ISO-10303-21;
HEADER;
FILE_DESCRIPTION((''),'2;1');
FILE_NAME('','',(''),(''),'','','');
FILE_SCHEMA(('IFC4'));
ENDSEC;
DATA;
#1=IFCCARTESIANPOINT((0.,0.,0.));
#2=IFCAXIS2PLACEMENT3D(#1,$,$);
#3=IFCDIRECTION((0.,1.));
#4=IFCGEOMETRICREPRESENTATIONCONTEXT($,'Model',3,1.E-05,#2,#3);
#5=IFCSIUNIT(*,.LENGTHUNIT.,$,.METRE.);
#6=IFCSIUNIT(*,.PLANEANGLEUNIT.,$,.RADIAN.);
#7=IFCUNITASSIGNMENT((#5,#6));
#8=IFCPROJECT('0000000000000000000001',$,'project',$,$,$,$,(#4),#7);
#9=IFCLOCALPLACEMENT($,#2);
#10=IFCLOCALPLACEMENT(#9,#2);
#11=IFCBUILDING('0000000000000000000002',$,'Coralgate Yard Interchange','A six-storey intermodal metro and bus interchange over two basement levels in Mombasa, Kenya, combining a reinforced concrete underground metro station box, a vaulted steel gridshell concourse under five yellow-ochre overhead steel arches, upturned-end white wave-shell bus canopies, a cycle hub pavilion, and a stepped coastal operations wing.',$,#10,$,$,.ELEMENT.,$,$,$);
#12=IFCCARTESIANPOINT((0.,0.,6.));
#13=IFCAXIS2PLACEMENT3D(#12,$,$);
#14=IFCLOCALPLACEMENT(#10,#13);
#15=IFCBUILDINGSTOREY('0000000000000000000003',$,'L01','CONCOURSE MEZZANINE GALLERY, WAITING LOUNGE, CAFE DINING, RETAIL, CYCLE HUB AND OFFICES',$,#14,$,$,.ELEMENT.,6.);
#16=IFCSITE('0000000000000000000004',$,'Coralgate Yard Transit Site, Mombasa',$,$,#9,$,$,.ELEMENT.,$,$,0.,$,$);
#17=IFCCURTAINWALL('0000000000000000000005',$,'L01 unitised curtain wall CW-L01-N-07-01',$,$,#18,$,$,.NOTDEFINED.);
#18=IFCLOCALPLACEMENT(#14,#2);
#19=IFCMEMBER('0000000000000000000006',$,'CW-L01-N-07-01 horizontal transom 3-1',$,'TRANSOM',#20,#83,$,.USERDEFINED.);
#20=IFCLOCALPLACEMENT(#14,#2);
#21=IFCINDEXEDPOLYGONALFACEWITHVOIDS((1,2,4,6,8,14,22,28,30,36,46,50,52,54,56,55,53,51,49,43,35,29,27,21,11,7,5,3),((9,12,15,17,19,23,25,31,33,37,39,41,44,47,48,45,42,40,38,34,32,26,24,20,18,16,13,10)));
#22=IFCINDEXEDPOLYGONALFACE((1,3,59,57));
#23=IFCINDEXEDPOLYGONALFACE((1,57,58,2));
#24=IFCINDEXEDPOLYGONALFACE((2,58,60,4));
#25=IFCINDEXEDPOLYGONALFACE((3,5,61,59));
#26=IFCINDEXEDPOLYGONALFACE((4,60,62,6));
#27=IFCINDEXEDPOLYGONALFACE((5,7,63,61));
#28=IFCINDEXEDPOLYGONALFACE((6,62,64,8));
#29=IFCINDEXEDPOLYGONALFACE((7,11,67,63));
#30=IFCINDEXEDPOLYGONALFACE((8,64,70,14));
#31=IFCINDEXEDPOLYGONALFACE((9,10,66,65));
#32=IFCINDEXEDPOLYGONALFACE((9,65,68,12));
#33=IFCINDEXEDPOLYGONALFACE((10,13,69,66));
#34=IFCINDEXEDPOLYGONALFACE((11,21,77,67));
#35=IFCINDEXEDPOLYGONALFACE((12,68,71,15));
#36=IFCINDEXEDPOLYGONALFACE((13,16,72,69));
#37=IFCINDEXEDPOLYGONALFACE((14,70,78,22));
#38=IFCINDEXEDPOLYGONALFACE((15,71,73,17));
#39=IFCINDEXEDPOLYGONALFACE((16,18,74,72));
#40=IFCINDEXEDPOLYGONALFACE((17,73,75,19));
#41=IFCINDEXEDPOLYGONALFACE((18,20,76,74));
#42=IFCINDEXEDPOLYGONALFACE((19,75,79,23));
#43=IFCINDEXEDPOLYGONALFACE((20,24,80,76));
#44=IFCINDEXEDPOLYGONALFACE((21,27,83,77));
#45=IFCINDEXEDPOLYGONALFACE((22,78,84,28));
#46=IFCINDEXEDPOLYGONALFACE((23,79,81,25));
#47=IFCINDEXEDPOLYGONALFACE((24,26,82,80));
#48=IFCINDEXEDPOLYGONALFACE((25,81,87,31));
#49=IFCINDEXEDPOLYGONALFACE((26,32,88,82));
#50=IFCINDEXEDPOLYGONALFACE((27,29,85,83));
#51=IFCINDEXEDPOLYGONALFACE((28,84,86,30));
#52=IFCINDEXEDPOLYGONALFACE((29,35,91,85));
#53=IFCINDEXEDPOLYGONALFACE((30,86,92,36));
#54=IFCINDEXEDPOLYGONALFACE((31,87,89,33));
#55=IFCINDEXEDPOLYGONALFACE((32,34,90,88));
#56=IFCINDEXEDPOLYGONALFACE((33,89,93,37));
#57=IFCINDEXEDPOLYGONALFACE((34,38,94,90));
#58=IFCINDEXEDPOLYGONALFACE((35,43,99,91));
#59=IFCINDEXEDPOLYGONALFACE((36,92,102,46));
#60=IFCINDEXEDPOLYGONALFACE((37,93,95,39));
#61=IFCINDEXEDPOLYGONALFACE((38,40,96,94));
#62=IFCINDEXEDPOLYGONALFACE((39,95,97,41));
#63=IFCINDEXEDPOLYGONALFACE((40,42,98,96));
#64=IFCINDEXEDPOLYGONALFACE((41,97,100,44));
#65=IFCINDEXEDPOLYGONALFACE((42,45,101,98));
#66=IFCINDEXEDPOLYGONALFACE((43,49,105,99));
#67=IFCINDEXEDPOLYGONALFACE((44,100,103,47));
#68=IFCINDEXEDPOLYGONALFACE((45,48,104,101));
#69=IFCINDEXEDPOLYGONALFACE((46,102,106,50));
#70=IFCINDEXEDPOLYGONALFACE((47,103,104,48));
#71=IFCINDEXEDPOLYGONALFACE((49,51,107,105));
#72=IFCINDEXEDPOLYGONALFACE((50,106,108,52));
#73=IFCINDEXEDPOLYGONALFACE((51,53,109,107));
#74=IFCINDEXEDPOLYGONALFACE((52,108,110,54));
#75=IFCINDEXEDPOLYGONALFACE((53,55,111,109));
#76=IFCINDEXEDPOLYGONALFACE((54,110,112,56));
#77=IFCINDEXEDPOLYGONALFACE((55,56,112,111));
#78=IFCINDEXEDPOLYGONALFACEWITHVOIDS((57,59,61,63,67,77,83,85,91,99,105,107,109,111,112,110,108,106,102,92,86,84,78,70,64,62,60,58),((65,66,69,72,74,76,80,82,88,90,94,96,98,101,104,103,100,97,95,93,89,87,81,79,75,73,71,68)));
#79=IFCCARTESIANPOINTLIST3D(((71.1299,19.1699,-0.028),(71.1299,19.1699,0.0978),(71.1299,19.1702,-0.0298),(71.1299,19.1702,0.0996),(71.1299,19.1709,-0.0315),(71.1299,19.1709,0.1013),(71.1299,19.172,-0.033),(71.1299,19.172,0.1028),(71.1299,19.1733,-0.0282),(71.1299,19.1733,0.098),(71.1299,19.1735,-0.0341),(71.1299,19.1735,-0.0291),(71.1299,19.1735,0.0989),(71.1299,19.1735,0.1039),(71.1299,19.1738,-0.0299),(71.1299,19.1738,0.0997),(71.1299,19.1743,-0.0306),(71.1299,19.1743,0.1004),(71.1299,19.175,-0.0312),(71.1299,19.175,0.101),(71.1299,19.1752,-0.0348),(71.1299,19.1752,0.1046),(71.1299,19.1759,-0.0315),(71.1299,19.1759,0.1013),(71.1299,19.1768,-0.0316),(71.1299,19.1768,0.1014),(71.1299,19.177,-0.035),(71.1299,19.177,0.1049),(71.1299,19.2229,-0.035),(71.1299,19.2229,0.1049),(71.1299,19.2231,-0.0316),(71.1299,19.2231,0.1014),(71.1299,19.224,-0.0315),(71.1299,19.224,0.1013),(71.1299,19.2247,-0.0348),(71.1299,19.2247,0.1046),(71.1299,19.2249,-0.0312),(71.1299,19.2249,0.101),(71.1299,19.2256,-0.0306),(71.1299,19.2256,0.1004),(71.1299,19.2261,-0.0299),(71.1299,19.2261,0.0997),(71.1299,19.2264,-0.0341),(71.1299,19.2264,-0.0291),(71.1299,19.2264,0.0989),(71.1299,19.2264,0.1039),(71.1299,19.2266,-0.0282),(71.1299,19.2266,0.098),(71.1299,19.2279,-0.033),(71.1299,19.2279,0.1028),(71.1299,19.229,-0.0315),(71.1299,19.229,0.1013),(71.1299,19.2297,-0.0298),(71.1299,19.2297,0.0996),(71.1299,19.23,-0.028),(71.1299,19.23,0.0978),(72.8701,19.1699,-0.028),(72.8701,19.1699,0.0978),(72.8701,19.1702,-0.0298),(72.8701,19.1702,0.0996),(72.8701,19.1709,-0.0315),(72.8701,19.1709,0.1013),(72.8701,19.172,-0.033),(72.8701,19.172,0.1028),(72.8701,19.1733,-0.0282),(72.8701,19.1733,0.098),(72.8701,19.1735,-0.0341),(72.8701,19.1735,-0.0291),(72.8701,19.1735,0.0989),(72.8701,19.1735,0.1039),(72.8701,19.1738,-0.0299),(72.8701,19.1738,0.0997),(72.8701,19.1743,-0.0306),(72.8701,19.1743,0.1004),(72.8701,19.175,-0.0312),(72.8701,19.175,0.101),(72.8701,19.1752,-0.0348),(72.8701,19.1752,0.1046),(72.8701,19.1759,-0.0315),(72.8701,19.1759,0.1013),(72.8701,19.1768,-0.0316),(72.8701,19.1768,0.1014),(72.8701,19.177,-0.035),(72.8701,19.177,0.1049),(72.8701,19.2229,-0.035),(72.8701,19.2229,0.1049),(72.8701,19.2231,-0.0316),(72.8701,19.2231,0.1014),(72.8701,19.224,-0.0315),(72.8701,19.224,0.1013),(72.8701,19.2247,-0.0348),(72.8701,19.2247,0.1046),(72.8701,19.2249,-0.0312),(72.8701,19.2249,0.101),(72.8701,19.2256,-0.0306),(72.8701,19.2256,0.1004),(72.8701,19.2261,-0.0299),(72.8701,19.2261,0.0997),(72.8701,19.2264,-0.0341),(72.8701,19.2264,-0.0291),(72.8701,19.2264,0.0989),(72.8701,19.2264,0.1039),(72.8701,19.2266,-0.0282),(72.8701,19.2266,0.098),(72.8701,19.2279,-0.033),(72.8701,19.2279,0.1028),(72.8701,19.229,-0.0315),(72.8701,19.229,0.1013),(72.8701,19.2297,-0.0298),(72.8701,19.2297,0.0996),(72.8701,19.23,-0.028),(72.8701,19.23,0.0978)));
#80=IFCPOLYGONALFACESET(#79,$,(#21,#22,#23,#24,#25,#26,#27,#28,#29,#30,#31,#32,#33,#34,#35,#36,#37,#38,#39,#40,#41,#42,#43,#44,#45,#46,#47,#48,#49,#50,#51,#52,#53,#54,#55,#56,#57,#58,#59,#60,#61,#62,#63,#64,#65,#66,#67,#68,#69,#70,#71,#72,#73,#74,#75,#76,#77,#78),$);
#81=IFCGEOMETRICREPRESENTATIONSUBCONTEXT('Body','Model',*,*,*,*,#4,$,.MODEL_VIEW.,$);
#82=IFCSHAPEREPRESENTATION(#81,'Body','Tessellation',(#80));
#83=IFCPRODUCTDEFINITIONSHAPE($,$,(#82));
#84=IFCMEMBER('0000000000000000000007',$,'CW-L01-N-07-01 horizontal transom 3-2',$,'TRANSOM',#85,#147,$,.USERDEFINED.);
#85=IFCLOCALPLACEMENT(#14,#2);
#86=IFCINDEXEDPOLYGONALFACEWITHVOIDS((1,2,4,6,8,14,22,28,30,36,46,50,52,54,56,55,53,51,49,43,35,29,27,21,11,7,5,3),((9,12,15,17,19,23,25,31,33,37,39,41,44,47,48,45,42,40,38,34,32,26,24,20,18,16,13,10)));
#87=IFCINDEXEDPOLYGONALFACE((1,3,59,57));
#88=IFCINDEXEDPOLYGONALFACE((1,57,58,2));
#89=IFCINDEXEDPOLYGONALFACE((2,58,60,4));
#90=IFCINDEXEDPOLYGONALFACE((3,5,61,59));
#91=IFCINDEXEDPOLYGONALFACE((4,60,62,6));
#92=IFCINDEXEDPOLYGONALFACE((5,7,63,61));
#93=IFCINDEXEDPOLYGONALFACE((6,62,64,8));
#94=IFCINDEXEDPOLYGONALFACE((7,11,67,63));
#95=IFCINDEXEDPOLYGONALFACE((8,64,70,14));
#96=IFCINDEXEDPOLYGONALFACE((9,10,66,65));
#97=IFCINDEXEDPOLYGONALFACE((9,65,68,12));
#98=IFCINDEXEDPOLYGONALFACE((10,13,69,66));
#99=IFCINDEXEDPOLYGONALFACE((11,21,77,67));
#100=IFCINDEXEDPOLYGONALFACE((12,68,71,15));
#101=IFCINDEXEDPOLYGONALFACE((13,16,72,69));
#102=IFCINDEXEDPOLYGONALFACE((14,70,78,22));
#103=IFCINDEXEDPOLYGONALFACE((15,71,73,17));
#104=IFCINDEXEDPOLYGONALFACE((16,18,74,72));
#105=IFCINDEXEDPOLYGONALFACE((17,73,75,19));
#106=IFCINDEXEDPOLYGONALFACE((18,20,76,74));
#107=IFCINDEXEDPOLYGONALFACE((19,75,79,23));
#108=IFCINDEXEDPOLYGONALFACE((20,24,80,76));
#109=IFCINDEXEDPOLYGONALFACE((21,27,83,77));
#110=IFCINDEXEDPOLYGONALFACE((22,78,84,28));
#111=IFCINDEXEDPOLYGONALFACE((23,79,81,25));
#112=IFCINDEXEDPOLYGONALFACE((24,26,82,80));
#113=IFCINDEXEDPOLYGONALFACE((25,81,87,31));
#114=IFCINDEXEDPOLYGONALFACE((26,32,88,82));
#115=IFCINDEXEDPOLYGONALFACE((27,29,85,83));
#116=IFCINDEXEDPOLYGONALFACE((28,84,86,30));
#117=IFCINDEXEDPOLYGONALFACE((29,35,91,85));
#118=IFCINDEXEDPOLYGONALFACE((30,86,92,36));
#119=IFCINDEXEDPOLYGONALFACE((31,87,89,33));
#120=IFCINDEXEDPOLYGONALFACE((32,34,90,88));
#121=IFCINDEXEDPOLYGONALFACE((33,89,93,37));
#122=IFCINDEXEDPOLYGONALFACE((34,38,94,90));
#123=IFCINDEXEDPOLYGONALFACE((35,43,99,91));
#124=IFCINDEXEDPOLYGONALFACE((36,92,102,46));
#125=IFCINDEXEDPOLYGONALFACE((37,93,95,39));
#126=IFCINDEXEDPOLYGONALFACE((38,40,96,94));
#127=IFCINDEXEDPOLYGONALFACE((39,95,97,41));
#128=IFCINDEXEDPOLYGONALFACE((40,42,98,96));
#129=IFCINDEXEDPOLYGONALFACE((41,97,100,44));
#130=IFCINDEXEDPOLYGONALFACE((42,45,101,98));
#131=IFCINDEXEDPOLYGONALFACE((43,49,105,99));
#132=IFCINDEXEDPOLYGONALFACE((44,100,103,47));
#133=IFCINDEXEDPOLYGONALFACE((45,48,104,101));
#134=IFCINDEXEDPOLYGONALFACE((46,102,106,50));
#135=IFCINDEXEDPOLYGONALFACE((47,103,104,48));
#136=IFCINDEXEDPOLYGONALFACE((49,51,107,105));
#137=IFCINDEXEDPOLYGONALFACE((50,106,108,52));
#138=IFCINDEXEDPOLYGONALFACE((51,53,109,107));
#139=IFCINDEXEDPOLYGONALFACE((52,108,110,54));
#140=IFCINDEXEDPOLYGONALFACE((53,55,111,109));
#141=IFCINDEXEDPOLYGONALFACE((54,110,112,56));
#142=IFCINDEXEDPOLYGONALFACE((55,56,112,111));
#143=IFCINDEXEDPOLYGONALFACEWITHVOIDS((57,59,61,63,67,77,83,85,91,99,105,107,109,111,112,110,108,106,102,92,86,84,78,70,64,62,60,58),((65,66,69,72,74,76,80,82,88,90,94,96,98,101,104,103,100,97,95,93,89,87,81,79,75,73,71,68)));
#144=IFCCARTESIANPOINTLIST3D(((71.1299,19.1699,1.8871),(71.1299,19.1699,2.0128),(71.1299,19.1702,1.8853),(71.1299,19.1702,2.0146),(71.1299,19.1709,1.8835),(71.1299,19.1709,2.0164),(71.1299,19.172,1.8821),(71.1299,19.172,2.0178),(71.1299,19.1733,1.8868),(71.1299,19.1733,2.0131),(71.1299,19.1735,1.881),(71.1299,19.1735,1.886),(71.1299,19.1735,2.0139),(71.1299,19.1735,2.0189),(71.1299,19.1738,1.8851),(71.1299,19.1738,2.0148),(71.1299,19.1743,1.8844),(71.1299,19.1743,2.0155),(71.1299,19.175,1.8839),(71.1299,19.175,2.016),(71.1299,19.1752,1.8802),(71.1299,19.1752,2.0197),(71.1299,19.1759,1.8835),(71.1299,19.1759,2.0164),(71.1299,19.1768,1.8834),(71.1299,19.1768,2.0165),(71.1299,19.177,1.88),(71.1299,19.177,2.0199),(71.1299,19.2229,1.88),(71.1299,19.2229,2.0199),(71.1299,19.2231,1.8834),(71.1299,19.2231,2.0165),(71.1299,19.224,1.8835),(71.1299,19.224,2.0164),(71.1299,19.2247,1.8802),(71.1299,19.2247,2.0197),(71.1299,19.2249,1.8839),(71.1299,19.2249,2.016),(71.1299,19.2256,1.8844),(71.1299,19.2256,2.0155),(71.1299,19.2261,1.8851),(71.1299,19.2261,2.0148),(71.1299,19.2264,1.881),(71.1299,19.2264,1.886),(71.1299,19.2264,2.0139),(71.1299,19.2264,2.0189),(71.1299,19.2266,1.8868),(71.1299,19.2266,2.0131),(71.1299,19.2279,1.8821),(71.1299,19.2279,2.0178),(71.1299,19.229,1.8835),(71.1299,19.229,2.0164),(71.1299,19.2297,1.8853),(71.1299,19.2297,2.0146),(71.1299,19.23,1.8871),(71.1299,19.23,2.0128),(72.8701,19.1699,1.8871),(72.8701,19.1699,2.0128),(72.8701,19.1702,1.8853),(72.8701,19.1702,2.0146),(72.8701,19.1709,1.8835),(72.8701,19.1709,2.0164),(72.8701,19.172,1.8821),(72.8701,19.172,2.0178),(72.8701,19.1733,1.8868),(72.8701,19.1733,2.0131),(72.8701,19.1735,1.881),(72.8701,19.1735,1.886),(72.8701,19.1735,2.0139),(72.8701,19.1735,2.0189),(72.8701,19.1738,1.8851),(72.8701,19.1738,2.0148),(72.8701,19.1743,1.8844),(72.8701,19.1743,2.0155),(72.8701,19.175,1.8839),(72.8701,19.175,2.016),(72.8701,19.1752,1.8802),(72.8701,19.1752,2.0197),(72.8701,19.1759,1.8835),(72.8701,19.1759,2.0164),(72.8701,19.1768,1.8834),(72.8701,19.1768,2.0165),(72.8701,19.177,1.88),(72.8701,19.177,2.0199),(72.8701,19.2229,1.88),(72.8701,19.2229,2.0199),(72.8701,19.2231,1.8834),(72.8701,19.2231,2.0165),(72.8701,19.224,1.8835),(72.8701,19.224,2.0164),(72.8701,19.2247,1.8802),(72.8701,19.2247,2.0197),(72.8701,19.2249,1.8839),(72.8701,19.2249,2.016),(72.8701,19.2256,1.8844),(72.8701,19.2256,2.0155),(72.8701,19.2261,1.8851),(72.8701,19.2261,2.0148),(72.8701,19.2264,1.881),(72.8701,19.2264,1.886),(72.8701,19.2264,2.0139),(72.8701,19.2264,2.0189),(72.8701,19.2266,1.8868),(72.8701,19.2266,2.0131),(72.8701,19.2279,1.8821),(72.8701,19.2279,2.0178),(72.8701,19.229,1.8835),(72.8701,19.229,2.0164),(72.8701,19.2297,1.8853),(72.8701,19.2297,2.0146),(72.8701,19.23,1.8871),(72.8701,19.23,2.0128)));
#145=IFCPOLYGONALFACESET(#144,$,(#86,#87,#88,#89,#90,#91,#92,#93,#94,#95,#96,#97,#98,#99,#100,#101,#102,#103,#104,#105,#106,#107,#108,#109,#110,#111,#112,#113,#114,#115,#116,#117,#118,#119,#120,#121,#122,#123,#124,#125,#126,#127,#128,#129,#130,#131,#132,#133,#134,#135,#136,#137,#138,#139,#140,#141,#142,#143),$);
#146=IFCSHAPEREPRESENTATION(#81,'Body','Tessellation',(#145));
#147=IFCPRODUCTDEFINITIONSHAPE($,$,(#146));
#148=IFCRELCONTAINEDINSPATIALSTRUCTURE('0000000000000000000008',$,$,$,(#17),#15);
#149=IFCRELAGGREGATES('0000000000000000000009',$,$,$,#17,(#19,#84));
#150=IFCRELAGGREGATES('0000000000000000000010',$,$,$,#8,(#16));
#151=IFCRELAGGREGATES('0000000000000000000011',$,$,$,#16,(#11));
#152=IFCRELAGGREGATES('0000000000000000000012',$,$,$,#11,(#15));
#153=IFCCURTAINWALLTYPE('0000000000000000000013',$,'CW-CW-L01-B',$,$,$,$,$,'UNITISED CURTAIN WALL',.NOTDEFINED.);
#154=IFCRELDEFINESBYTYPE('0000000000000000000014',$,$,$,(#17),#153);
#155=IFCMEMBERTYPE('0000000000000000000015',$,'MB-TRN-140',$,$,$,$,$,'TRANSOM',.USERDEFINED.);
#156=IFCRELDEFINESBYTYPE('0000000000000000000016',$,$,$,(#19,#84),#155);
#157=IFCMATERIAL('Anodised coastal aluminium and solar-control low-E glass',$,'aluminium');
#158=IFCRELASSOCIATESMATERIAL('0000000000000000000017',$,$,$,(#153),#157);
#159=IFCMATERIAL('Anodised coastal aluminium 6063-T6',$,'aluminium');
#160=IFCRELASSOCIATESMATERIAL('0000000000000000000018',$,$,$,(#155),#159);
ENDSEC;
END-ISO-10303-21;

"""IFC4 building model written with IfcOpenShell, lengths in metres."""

from ifc_helpers import new_model, si_unit, direction, frame, origin, origin_2d, place, context, subcontext, project, spatial, hollow_rectangle, extrude, material, material_profile, profile_set, type_object, element, aggregate, save


model = new_model("IFC4")

# Units and contexts
model_context = context("Model", 3, precision=1e-05, world=origin(), true_north=direction((0.0, 1.0)))
body_context = subcontext(model_context, "Body", "Model", "MODEL_VIEW")
ifc_project = project(units=[si_unit("LENGTHUNIT", "METRE"), si_unit("PLANEANGLEUNIT", "RADIAN")], contexts=[model_context])

# Site, building, storey
site_placement = place(None, origin())
site = spatial("IfcSite", under=ifc_project, at=site_placement, Name="Coralgate Yard Transit Site, Mombasa", CompositionType="ELEMENT", RefElevation=0.0)
building_placement = place(site_placement, origin())
building = spatial("IfcBuilding", under=site, at=building_placement, Name="Coralgate Yard Interchange", Description="A six-storey intermodal metro and bus interchange over two basement levels in Mombasa, Kenya, combining a reinforced concrete underground metro station box, a vaulted steel gridshell concourse under five yellow-ochre overhead steel arches, upturned-end white wave-shell bus canopies, a cycle hub pavilion, and a stepped coastal operations wing.", CompositionType="ELEMENT")
storey_placement = place(building_placement, frame((0.0, 0.0, 6.0)))
storey = spatial("IfcBuildingStorey", under=building, at=storey_placement, Name="L01", Description="CONCOURSE MEZZANINE GALLERY, WAITING LOUNGE, CAFE DINING, RETAIL, CYCLE HUB AND OFFICES", CompositionType="ELEMENT", Elevation=6.0)

# Shared definitions
ifc_material_1 = material(Name="Anodised coastal aluminium and solar-control low-E glass", Category="aluminium")
curtain_wall_type = type_object("IfcCurtainWallType", Name="CW-CW-L01-B", ElementType="UNITISED CURTAIN WALL", PredefinedType="NOTDEFINED", material=ifc_material_1)
ifc_material_2 = material(Name="Anodised coastal aluminium 6063-T6", Category="aluminium")

# Curtain wall
curtain_wall_1_placement = place(storey_placement, origin())
curtain_wall_1 = element("IfcCurtainWall", 1, at=curtain_wall_1_placement, inside=storey, type_object=curtain_wall_type, Name="L01 unitised curtain wall CW-L01-N-07-01", PredefinedType="NOTDEFINED")

# Members
ifc_material_profile_1 = material_profile(ifc_material_2, hollow_rectangle(XDim=0.0601, YDim=0.1399, WallThickness=0.0034, InnerFilletRadius=0.0034, OuterFilletRadius=0.0071, at=origin_2d()), Name="ALU 60x140x3.5")
ifc_profile_set_1 = profile_set([ifc_material_profile_1], Name="Anodised coastal aluminium 6063-T6")
member_type_1 = type_object("IfcMemberType", Name="MB-TRN-140", ElementType="TRANSOM", PredefinedType="USERDEFINED", material=ifc_profile_set_1)
member_1_placement = place(storey_placement, frame((71.1299, 19.2, 0.0349), z_axis=(1.0, 0.0, 0.0), x_axis=(0.0, 1.0, 0.0)))
member_1 = element("IfcMember", 2, at=member_1_placement, type_object=member_type_1, Name="CW-L01-N-07-01 horizontal transom 3-1", ObjectType="TRANSOM", PredefinedType="USERDEFINED", context=body_context, shape_type="SweptSolid", body=[
    extrude(hollow_rectangle(XDim=0.0601, YDim=0.1399, WallThickness=0.0034, InnerFilletRadius=0.0034, OuterFilletRadius=0.0071, at=origin_2d()), origin(), (0.0, 0.0, 1.0), 1.7402),
])
member_2_placement = place(storey_placement, frame((71.1299, 19.2, 1.95), z_axis=(1.0, 0.0, 0.0), x_axis=(0.0, 1.0, 0.0)))
member_2 = element("IfcMember", 3, at=member_2_placement, type_object=member_type_1, Name="CW-L01-N-07-01 horizontal transom 3-2", ObjectType="TRANSOM", PredefinedType="USERDEFINED", context=body_context, shape_type="SweptSolid", body=[
    extrude(hollow_rectangle(XDim=0.0601, YDim=0.1399, WallThickness=0.0034, InnerFilletRadius=0.0034, OuterFilletRadius=0.0071, at=origin_2d()), origin(), (0.0, 0.0, 1.0), 1.7402),
])

aggregate(curtain_wall_1, [member_1, member_2])

save(model, "model.ifc")
